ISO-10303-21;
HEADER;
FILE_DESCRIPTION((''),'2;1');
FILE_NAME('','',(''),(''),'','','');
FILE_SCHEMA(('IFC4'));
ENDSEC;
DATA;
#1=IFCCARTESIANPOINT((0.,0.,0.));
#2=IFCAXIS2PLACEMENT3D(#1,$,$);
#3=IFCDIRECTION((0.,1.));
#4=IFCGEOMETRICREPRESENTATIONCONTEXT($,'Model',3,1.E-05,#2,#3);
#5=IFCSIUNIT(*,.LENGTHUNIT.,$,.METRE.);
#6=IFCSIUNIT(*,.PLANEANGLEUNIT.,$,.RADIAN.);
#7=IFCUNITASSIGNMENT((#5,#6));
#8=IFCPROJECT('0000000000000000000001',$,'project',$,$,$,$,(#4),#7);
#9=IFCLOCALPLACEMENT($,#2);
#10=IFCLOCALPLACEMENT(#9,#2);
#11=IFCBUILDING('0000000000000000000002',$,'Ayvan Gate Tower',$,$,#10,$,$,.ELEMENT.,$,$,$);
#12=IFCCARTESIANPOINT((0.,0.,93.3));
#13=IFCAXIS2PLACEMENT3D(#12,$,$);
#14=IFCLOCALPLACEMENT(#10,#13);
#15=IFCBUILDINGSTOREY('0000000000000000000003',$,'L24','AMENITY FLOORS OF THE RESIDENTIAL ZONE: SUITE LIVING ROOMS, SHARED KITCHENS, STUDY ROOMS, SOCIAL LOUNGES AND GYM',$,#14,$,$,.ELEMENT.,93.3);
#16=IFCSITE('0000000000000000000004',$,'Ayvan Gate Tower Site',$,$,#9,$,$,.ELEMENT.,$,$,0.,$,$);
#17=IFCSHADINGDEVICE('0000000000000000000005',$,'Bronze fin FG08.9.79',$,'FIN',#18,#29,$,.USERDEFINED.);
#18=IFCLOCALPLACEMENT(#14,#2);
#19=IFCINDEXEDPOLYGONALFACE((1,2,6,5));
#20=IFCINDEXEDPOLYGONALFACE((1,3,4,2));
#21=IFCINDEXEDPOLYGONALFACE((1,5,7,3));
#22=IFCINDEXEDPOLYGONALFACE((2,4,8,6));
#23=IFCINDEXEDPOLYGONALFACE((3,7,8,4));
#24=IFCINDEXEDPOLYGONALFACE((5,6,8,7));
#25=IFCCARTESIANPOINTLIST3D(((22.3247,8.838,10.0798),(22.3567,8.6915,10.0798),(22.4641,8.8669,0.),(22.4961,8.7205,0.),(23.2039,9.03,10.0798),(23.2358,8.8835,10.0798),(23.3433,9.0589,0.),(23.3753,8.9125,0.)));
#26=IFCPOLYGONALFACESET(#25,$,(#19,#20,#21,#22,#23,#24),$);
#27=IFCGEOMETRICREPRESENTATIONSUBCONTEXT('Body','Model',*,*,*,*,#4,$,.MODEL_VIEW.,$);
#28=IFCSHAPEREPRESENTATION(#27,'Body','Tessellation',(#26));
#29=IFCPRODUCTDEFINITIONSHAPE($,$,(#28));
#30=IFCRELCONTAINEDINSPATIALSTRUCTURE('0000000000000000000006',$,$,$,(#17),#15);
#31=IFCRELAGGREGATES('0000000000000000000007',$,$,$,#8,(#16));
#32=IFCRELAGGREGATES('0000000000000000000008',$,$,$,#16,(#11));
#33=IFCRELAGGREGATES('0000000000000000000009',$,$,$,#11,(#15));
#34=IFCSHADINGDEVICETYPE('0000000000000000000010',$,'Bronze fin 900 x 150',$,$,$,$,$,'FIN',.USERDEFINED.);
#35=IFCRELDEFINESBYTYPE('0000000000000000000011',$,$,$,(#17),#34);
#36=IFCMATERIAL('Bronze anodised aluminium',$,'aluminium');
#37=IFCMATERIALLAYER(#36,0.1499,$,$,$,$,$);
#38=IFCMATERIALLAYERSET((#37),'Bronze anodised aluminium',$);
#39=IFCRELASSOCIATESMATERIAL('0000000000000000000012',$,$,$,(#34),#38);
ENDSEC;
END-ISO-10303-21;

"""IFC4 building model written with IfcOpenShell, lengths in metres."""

from ifc_helpers import new_model, si_unit, direction, frame, origin, place, context, subcontext, project, spatial, polyline, outline, extrude, material, layer, layer_set, type_object, element, save


model = new_model("IFC4")

# Units and contexts
model_context = context("Model", 3, precision=1e-05, world=origin(), true_north=direction((0.0, 1.0)))
body_context = subcontext(model_context, "Body", "Model", "MODEL_VIEW")
ifc_project = project(units=[si_unit("LENGTHUNIT", "METRE"), si_unit("PLANEANGLEUNIT", "RADIAN")], contexts=[model_context])

# Site, building, storey
site_placement = place(None, origin())
site = spatial("IfcSite", under=ifc_project, at=site_placement, Name="Ayvan Gate Tower Site", CompositionType="ELEMENT", RefElevation=0.0)
building_placement = place(site_placement, origin())
building = spatial("IfcBuilding", under=site, at=building_placement, Name="Ayvan Gate Tower", CompositionType="ELEMENT")
storey_placement = place(building_placement, frame((0.0, 0.0, 93.3)))
storey = spatial("IfcBuildingStorey", under=building, at=storey_placement, Name="L24", Description="AMENITY FLOORS OF THE RESIDENTIAL ZONE: SUITE LIVING ROOMS, SHARED KITCHENS, STUDY ROOMS, SOCIAL LOUNGES AND GYM", CompositionType="ELEMENT", Elevation=93.3)

# Shared definitions
ifc_material_1 = material(Name="Bronze anodised aluminium", Category="aluminium")

# Shading device
ifc_layer_1 = layer(ifc_material_1, 0.1499)
ifc_layer_set_1 = layer_set([ifc_layer_1], Name="Bronze anodised aluminium")
shading_device_type = type_object("IfcShadingDeviceType", Name="Bronze fin 900 x 150", ElementType="FIN", PredefinedType="USERDEFINED", material=ifc_layer_set_1)
shading_device_1_placement = place(storey_placement, frame((22.4961, 8.7205, 0.0), z_axis=(0.213381, -0.976969, 0.000147), x_axis=(0.976969, 0.213381, 0.0)))
element("IfcShadingDevice", 1, at=shading_device_1_placement, inside=storey, type_object=shading_device_type, Name="Bronze fin FG08.9.79", ObjectType="FIN", PredefinedType="USERDEFINED", context=body_context, shape_type="SweptSolid", body=[
    extrude(outline(polyline([(0.0, 0.0), (0.8999, 0.0), (0.7575, 10.0798), (-0.1423, 10.0798), (0.0, 0.0)])), origin(), (0.0, 0.0, -1.0), 0.1499),
])

save(model, "model.ifc")
